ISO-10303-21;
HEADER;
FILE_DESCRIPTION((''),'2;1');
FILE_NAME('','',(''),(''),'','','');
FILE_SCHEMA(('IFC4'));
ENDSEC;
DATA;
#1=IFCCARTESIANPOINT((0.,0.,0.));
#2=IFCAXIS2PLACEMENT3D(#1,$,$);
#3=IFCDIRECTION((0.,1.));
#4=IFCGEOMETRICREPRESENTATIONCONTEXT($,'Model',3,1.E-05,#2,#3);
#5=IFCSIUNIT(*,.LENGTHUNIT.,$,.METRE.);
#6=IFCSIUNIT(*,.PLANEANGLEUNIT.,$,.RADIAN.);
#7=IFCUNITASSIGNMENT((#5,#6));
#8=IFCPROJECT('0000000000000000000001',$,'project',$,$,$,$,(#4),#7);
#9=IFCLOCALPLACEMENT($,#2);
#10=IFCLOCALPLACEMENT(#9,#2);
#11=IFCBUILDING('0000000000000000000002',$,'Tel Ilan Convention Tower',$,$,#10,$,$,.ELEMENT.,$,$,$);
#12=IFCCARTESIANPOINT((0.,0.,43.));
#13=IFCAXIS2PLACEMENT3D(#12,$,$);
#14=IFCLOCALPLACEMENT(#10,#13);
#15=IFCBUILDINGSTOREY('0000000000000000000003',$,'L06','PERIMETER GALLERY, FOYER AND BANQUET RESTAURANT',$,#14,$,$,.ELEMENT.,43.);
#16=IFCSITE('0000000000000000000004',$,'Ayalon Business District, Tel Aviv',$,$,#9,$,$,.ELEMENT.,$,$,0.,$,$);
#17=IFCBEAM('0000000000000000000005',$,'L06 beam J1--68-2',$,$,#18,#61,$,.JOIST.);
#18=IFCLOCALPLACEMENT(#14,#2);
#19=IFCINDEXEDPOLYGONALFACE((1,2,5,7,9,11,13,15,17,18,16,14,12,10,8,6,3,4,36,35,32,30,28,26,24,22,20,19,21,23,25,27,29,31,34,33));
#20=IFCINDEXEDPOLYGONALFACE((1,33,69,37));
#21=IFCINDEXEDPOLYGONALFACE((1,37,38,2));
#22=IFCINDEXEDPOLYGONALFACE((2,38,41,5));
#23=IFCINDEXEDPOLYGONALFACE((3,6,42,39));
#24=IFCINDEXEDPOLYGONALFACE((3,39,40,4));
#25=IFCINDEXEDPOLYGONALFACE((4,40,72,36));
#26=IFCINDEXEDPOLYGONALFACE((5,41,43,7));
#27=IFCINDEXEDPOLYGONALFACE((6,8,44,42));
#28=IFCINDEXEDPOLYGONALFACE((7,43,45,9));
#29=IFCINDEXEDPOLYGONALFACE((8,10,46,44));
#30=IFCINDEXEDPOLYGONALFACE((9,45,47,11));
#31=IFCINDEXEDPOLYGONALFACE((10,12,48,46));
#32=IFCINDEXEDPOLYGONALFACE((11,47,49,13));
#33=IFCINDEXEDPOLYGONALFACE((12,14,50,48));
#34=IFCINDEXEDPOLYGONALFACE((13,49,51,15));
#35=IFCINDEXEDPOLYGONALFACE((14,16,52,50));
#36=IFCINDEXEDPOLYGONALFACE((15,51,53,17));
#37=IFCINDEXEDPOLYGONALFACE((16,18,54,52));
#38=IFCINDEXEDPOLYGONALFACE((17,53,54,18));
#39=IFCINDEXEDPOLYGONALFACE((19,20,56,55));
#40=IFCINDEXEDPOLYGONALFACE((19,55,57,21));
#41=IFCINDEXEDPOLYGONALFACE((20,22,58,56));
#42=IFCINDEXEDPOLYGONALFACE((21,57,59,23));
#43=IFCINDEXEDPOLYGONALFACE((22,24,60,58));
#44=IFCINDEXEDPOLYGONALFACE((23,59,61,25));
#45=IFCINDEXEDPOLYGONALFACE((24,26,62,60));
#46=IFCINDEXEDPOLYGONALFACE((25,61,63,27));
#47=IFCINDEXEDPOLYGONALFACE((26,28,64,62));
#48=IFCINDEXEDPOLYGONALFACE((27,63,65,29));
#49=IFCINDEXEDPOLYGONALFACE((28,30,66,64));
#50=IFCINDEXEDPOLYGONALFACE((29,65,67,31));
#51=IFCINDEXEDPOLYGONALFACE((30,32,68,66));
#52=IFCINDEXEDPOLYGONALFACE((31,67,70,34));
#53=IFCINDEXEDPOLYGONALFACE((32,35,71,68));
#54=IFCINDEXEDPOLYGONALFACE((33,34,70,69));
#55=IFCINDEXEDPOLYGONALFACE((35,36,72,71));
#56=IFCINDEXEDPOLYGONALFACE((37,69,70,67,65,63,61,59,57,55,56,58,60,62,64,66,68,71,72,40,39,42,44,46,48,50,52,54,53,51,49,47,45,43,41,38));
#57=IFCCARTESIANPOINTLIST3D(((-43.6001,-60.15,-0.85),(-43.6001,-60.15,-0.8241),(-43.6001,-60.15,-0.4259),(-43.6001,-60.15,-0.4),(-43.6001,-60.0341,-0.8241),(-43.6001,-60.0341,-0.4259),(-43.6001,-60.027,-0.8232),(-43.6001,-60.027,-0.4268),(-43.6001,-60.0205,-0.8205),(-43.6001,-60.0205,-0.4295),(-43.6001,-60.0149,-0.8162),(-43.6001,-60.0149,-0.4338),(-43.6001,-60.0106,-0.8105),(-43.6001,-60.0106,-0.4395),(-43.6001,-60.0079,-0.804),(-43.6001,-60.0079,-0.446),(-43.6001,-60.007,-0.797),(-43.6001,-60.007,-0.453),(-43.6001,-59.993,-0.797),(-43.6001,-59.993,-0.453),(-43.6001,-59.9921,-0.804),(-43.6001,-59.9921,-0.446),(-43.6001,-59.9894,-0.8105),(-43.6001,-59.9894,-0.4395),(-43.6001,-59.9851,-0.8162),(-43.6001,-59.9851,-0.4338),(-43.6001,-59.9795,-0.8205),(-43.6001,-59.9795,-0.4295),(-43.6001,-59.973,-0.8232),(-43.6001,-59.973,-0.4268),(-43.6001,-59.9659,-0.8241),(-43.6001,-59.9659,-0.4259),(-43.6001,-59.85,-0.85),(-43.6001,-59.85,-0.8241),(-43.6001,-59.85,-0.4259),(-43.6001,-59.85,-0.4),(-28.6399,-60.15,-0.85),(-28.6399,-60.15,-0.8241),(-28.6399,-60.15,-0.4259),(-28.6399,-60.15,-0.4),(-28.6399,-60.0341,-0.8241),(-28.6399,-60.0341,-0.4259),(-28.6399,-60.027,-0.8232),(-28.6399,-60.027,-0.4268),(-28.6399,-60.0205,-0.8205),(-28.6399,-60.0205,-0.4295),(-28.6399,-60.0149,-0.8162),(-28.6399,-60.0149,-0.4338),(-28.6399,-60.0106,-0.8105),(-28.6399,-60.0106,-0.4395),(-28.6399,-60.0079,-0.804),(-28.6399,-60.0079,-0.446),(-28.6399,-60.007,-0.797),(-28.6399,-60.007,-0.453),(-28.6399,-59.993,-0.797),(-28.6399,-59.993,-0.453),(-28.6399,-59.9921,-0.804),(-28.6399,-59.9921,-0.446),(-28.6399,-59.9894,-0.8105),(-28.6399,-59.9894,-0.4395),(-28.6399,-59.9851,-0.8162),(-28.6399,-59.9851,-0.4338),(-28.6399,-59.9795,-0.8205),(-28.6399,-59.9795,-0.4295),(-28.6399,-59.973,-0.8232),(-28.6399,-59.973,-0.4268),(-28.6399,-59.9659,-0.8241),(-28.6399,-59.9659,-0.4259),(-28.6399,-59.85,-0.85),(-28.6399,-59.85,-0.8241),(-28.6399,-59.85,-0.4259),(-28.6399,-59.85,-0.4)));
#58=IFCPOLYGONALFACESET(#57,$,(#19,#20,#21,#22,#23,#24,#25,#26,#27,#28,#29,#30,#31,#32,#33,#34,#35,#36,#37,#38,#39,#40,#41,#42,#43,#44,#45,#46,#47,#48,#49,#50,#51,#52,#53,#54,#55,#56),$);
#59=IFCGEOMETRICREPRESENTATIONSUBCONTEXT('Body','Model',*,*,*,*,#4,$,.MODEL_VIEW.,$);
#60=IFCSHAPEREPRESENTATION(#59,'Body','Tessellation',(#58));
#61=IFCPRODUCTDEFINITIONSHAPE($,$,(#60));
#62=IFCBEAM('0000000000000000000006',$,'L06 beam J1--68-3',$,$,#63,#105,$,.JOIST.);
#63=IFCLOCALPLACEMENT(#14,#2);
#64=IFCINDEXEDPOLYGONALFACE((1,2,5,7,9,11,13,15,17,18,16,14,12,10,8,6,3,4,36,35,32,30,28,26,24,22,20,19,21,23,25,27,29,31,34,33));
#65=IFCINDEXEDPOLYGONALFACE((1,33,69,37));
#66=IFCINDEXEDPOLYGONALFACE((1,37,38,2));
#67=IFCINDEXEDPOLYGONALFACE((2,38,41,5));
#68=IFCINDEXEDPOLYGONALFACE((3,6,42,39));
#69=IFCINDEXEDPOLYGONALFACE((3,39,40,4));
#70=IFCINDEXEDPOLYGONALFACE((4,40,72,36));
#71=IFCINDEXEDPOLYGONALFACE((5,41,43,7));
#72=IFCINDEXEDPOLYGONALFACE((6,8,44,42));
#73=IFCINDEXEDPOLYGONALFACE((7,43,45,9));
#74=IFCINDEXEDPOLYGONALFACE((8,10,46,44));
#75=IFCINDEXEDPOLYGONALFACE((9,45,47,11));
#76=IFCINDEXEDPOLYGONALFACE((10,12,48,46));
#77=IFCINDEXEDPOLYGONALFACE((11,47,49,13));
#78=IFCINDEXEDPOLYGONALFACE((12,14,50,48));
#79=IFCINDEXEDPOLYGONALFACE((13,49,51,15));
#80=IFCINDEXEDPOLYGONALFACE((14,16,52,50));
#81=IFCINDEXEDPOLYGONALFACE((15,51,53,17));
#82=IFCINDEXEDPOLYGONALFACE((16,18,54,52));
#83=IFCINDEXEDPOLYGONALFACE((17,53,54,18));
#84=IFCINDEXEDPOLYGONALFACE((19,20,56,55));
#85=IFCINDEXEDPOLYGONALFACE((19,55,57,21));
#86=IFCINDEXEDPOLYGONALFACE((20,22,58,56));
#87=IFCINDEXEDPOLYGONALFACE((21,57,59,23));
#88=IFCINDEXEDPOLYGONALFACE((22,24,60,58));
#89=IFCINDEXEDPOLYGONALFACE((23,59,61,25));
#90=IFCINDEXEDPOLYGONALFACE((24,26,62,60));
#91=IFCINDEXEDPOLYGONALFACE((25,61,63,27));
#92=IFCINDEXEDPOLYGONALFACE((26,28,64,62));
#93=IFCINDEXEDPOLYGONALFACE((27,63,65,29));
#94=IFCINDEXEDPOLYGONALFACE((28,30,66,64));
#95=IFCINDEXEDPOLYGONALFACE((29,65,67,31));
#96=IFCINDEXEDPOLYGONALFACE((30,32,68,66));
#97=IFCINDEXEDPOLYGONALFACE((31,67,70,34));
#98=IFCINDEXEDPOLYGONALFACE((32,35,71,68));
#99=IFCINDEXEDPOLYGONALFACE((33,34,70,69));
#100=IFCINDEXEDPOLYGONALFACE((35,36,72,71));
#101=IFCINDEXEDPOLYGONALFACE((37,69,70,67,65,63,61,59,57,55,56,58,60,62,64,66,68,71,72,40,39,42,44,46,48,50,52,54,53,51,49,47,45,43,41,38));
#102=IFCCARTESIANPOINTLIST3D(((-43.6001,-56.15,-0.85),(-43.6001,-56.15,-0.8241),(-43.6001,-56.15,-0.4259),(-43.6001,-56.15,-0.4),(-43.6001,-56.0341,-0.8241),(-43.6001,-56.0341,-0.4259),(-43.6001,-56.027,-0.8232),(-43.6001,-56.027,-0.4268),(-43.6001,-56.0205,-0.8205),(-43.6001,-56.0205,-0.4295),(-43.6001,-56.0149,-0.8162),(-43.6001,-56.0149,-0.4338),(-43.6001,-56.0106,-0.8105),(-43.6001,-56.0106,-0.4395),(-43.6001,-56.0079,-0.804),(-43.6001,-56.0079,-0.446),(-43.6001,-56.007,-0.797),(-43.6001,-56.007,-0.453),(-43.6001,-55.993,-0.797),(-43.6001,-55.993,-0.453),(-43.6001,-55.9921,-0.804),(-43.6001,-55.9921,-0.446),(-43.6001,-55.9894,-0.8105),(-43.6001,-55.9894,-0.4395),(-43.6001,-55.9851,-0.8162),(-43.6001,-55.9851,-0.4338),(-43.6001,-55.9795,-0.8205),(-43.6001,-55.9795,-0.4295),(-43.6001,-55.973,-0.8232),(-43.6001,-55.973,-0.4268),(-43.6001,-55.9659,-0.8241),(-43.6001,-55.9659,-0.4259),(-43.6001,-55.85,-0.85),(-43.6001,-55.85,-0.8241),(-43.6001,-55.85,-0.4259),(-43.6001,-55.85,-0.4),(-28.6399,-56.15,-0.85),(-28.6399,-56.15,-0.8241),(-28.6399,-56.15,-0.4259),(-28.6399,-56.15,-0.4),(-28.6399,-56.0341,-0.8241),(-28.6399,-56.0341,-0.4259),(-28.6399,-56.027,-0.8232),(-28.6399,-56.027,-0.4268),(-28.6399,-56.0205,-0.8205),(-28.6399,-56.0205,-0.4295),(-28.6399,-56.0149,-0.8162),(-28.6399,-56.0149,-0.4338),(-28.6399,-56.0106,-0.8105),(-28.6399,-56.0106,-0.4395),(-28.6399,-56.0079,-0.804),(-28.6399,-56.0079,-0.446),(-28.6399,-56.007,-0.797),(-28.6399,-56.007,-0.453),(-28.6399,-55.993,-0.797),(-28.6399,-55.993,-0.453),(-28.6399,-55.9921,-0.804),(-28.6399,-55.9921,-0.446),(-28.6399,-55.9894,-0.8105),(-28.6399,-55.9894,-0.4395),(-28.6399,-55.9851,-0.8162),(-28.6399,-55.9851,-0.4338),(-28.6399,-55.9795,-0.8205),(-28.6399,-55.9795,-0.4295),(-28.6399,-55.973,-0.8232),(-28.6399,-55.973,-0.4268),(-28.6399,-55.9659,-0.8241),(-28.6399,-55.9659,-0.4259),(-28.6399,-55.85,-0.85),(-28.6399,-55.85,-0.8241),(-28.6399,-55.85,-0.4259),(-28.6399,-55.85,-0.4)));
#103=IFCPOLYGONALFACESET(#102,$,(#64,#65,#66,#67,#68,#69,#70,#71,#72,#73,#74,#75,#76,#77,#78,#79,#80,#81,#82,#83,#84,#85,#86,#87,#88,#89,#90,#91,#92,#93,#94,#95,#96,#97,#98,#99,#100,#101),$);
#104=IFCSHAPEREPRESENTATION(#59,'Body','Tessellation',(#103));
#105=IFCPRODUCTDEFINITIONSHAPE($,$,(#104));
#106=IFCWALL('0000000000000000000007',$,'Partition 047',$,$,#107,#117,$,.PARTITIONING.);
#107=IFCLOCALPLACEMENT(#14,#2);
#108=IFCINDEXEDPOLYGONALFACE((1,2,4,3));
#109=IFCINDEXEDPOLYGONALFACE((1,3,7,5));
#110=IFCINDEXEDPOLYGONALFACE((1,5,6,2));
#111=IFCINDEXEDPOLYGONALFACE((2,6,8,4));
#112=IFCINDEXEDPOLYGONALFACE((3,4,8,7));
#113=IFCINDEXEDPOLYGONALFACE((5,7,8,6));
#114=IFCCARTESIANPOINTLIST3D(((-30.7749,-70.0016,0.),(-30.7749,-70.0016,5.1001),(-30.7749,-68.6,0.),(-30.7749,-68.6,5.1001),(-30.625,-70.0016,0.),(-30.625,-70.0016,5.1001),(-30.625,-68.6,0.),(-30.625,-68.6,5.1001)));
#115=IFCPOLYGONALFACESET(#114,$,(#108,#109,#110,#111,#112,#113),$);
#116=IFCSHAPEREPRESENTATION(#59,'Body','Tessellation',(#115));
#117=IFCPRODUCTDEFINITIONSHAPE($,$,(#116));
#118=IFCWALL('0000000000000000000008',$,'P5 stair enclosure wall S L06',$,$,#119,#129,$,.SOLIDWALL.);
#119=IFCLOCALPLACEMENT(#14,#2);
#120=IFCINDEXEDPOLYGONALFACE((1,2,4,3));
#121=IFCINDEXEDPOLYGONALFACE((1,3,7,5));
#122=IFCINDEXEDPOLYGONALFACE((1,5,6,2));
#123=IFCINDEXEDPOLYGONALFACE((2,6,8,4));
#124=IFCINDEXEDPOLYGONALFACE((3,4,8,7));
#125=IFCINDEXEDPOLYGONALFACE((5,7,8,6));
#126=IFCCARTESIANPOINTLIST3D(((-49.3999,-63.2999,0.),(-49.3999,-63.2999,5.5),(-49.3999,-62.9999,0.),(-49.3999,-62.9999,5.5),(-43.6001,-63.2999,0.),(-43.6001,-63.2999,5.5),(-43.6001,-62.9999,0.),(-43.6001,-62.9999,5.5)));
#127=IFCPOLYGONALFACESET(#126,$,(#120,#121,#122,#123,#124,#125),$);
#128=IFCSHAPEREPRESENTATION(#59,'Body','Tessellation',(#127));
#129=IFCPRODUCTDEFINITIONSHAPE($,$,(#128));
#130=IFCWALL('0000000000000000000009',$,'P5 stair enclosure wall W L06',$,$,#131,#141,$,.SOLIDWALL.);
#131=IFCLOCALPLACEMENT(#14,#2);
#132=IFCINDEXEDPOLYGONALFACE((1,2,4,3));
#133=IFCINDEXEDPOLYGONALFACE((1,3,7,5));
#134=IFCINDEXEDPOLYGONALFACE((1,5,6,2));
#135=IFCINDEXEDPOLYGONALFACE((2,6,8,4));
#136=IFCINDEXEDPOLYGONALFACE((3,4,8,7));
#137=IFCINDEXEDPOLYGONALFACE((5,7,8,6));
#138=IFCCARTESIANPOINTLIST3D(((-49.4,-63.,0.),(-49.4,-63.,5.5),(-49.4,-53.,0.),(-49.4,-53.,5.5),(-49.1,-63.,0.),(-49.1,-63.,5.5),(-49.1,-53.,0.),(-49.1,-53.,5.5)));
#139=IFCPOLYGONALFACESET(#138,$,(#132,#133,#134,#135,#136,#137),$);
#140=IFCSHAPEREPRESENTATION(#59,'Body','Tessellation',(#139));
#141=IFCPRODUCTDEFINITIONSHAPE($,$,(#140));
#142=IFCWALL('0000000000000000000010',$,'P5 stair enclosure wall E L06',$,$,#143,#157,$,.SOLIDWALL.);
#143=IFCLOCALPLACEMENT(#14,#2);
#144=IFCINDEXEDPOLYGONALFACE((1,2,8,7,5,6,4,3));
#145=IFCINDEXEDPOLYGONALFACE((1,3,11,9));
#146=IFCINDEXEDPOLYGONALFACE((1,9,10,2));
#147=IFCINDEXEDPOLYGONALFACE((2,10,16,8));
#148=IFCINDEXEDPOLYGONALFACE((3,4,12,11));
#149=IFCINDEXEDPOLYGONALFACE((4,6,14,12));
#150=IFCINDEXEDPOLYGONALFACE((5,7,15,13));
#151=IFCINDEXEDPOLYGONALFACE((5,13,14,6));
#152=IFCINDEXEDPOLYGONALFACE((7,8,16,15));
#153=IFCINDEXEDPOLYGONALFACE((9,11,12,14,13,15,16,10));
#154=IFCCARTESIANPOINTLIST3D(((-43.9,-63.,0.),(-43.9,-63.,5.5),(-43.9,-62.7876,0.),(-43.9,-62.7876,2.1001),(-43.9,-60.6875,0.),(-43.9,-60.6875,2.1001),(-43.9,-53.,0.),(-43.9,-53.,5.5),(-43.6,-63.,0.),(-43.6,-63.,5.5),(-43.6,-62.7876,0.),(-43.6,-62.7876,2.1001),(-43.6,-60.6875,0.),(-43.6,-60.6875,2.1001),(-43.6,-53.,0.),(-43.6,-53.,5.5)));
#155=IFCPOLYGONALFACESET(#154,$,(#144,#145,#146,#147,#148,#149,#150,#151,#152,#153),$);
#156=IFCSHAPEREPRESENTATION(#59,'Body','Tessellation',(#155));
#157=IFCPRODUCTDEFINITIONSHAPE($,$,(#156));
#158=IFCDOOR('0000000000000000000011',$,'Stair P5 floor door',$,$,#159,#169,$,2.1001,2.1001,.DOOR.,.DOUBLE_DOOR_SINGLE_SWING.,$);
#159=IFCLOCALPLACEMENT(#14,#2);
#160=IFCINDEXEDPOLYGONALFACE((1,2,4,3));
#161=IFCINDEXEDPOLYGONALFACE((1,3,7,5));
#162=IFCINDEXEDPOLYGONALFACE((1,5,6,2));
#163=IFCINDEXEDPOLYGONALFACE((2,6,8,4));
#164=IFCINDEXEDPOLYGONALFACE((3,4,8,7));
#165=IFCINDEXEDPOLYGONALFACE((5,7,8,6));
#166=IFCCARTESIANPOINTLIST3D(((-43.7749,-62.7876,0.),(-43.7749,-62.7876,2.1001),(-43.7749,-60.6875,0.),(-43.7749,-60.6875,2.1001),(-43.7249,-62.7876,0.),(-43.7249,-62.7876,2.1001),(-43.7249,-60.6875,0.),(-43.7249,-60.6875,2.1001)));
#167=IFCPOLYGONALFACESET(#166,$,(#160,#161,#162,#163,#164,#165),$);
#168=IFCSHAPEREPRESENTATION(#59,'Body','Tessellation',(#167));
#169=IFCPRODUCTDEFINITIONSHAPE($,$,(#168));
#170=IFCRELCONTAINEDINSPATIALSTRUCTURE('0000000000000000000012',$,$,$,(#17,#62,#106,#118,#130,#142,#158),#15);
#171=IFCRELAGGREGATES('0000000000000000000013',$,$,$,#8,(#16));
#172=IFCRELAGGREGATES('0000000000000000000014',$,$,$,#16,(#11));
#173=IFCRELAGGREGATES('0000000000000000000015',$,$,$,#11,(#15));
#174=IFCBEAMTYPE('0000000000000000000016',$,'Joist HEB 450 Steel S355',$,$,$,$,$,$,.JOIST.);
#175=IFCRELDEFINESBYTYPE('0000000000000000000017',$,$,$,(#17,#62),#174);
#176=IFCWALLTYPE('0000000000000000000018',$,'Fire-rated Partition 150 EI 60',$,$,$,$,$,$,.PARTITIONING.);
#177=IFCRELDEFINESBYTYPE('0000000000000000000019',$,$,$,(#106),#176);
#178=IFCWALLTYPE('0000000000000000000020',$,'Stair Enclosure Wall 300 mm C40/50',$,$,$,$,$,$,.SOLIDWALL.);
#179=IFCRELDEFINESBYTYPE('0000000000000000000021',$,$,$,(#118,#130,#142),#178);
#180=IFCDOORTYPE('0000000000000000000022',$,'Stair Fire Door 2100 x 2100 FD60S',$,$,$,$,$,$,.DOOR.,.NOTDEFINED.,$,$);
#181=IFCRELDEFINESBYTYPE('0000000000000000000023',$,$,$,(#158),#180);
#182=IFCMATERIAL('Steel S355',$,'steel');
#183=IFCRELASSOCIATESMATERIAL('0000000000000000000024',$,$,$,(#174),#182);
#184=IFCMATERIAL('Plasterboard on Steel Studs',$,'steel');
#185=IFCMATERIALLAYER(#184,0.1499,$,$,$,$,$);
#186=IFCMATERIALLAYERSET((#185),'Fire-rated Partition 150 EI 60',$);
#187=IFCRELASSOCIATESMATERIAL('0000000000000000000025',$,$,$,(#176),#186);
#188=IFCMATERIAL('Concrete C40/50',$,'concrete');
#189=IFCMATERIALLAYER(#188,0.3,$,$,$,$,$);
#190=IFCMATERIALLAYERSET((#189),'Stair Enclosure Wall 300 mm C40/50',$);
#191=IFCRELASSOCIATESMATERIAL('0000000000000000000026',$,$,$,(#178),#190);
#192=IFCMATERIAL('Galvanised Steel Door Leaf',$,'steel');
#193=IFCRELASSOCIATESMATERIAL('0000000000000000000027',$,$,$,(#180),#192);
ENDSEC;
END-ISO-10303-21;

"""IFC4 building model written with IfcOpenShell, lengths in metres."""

from ifc_helpers import new_model, si_unit, direction, frame, frame_2d, origin, origin_2d, place, context, subcontext, project, spatial, rectangle, i_section, extrude, material, layer, layer_set, material_profile, profile_set, type_object, element, fill, save


model = new_model("IFC4")

# Units and contexts
model_context = context("Model", 3, precision=1e-05, world=origin(), true_north=direction((0.0, 1.0)))
body_context = subcontext(model_context, "Body", "Model", "MODEL_VIEW")
ifc_project = project(units=[si_unit("LENGTHUNIT", "METRE"), si_unit("PLANEANGLEUNIT", "RADIAN")], contexts=[model_context])

# Site, building, storey
site_placement = place(None, origin())
site = spatial("IfcSite", under=ifc_project, at=site_placement, Name="Ayalon Business District, Tel Aviv", CompositionType="ELEMENT", RefElevation=0.0)
building_placement = place(site_placement, origin())
building = spatial("IfcBuilding", under=site, at=building_placement, Name="Tel Ilan Convention Tower", CompositionType="ELEMENT")
storey_placement = place(building_placement, frame((0.0, 0.0, 43.0)))
storey = spatial("IfcBuildingStorey", under=building, at=storey_placement, Name="L06", Description="PERIMETER GALLERY, FOYER AND BANQUET RESTAURANT", CompositionType="ELEMENT", Elevation=43.0)

# Beams
ifc_material_1 = material(Name="Steel S355", Category="steel")
ifc_material_profile_1 = material_profile(ifc_material_1, i_section(OverallWidth=0.3, OverallDepth=0.45, WebThickness=0.0139, FlangeThickness=0.0259, FilletRadius=0.0271, at=origin_2d()), Name="HEB 450")
ifc_profile_set_1 = profile_set([ifc_material_profile_1], Name="Steel S355")
beam_type_1 = type_object("IfcBeamType", Name="Joist HEB 450 Steel S355", PredefinedType="JOIST", material=ifc_profile_set_1)
for number, where, z_axis, x_axis, name in (
    (1, (-43.6001, -60.0, -0.625), (1.0, 0.0, 0.0), (0.0, 1.0, 0.0), "L06 beam J1--68-2"),
    (2, (-43.6001, -56.0, -0.625), (1.0, 0.0, 0.0), (0.0, 1.0, 0.0), "L06 beam J1--68-3"),
):
    element("IfcBeam", number, at=place(storey_placement, frame(where, z_axis=z_axis, x_axis=x_axis)), inside=storey, type_object=beam_type_1, Name=name, PredefinedType="JOIST", context=body_context, shape_type="SweptSolid", body=[
        extrude(i_section(OverallWidth=0.3, OverallDepth=0.45, WebThickness=0.0139, FlangeThickness=0.0259, FilletRadius=0.0271, at=origin_2d()), origin(), (0.0, 0.0, 1.0), 14.9602),
    ])

# Walls
ifc_material_2 = material(Name="Plasterboard on Steel Studs", Category="steel")
ifc_layer_1 = layer(ifc_material_2, 0.1499)
ifc_layer_set_1 = layer_set([ifc_layer_1], Name="Fire-rated Partition 150 EI 60")
wall_type_1 = type_object("IfcWallType", Name="Fire-rated Partition 150 EI 60", PredefinedType="PARTITIONING", material=ifc_layer_set_1)
wall_1_placement = place(storey_placement, frame((-30.7, -68.6001, 0.0), z_axis=(0.0, 0.0, 1.0), x_axis=(0.0, -1.0, 0.0)))
element("IfcWall", 3, at=wall_1_placement, inside=storey, type_object=wall_type_1, Name="Partition 047", PredefinedType="PARTITIONING", context=body_context, shape_type="SweptSolid", body=[
    extrude(rectangle(XDim=1.4016, YDim=0.1499, at=frame_2d((0.7007, 0.0))), origin(), (0.0, 0.0, 1.0), 5.1001),
])
ifc_material_3 = material(Name="Concrete C40/50", Category="concrete")
ifc_layer_2 = layer(ifc_material_3, 0.3)
ifc_layer_set_2 = layer_set([ifc_layer_2], Name="Stair Enclosure Wall 300 mm C40/50")
wall_type_2 = type_object("IfcWallType", Name="Stair Enclosure Wall 300 mm C40/50", PredefinedType="SOLIDWALL", material=ifc_layer_set_2)
wall_2_placement = place(storey_placement, frame((-49.3999, -63.1499, 0.0), z_axis=(0.0, 0.0, 1.0), x_axis=(1.0, 0.0, 0.0)))
element("IfcWall", 4, at=wall_2_placement, inside=storey, type_object=wall_type_2, Name="P5 stair enclosure wall S L06", PredefinedType="SOLIDWALL", context=body_context, shape_type="SweptSolid", body=[
    extrude(rectangle(XDim=5.7998, YDim=0.3, at=frame_2d((2.8999, 0.0))), origin(), (0.0, 0.0, 1.0), 5.5),
])
wall_3_placement = place(storey_placement, frame((-49.25, -63.0, 0.0), z_axis=(0.0, 0.0, 1.0), x_axis=(0.0, 1.0, 0.0)))
element("IfcWall", 5, at=wall_3_placement, inside=storey, type_object=wall_type_2, Name="P5 stair enclosure wall W L06", PredefinedType="SOLIDWALL", context=body_context, shape_type="SweptSolid", body=[
    extrude(rectangle(XDim=10.0, YDim=0.3, at=frame_2d((5.0, 0.0))), origin(), (0.0, 0.0, 1.0), 5.5),
])

# Wall, opening, door
wall_4_placement = place(storey_placement, frame((-43.75, -63.0, 0.0), z_axis=(0.0, 0.0, 1.0), x_axis=(0.0, 1.0, 0.0)))
wall_4 = element("IfcWall", 6, at=wall_4_placement, inside=storey, type_object=wall_type_2, Name="P5 stair enclosure wall E L06", PredefinedType="SOLIDWALL", context=body_context, shape_type="SweptSolid", body=[
    extrude(rectangle(XDim=10.0, YDim=0.3, at=frame_2d((5.0, 0.0))), origin(), (0.0, 0.0, 1.0), 5.5),
])
opening_placement = place(wall_4_placement, frame((0.2124, 0.0, 0.0)))
opening = element("IfcOpeningElement", 7, at=opening_placement, cuts=wall_4, PredefinedType="OPENING", context=body_context, shape_type="SweptSolid", body=[
    extrude(rectangle(XDim=2.1001, YDim=2.1001, at=frame_2d((1.05, 1.05))), frame((0.0, 0.1599, 0.0), z_axis=(0.0, -1.0, 0.0), x_axis=(1.0, 0.0, 0.0)), (0.0, 0.0, 1.0), 0.3201),
])
ifc_material_4 = material(Name="Galvanised Steel Door Leaf", Category="steel")
door_type = type_object("IfcDoorType", Name="Stair Fire Door 2100 x 2100 FD60S", OperationType="NOTDEFINED", PredefinedType="DOOR", material=ifc_material_4)
door_placement = place(opening_placement, origin())
door = element("IfcDoor", 8, at=door_placement, inside=storey, type_object=door_type, Name="Stair P5 floor door", OperationType="DOUBLE_DOOR_SINGLE_SWING", OverallHeight=2.1001, OverallWidth=2.1001, PredefinedType="DOOR", context=body_context, shape_type="SweptSolid", body=[
    extrude(rectangle(XDim=2.1001, YDim=2.1001, at=frame_2d((1.05, 1.05))), frame((0.0, 0.0249, 0.0), z_axis=(0.0, -1.0, 0.0), x_axis=(1.0, 0.0, 0.0)), (0.0, 0.0, 1.0), 0.05),
])
fill(opening, door)

save(model, "model.ifc")
